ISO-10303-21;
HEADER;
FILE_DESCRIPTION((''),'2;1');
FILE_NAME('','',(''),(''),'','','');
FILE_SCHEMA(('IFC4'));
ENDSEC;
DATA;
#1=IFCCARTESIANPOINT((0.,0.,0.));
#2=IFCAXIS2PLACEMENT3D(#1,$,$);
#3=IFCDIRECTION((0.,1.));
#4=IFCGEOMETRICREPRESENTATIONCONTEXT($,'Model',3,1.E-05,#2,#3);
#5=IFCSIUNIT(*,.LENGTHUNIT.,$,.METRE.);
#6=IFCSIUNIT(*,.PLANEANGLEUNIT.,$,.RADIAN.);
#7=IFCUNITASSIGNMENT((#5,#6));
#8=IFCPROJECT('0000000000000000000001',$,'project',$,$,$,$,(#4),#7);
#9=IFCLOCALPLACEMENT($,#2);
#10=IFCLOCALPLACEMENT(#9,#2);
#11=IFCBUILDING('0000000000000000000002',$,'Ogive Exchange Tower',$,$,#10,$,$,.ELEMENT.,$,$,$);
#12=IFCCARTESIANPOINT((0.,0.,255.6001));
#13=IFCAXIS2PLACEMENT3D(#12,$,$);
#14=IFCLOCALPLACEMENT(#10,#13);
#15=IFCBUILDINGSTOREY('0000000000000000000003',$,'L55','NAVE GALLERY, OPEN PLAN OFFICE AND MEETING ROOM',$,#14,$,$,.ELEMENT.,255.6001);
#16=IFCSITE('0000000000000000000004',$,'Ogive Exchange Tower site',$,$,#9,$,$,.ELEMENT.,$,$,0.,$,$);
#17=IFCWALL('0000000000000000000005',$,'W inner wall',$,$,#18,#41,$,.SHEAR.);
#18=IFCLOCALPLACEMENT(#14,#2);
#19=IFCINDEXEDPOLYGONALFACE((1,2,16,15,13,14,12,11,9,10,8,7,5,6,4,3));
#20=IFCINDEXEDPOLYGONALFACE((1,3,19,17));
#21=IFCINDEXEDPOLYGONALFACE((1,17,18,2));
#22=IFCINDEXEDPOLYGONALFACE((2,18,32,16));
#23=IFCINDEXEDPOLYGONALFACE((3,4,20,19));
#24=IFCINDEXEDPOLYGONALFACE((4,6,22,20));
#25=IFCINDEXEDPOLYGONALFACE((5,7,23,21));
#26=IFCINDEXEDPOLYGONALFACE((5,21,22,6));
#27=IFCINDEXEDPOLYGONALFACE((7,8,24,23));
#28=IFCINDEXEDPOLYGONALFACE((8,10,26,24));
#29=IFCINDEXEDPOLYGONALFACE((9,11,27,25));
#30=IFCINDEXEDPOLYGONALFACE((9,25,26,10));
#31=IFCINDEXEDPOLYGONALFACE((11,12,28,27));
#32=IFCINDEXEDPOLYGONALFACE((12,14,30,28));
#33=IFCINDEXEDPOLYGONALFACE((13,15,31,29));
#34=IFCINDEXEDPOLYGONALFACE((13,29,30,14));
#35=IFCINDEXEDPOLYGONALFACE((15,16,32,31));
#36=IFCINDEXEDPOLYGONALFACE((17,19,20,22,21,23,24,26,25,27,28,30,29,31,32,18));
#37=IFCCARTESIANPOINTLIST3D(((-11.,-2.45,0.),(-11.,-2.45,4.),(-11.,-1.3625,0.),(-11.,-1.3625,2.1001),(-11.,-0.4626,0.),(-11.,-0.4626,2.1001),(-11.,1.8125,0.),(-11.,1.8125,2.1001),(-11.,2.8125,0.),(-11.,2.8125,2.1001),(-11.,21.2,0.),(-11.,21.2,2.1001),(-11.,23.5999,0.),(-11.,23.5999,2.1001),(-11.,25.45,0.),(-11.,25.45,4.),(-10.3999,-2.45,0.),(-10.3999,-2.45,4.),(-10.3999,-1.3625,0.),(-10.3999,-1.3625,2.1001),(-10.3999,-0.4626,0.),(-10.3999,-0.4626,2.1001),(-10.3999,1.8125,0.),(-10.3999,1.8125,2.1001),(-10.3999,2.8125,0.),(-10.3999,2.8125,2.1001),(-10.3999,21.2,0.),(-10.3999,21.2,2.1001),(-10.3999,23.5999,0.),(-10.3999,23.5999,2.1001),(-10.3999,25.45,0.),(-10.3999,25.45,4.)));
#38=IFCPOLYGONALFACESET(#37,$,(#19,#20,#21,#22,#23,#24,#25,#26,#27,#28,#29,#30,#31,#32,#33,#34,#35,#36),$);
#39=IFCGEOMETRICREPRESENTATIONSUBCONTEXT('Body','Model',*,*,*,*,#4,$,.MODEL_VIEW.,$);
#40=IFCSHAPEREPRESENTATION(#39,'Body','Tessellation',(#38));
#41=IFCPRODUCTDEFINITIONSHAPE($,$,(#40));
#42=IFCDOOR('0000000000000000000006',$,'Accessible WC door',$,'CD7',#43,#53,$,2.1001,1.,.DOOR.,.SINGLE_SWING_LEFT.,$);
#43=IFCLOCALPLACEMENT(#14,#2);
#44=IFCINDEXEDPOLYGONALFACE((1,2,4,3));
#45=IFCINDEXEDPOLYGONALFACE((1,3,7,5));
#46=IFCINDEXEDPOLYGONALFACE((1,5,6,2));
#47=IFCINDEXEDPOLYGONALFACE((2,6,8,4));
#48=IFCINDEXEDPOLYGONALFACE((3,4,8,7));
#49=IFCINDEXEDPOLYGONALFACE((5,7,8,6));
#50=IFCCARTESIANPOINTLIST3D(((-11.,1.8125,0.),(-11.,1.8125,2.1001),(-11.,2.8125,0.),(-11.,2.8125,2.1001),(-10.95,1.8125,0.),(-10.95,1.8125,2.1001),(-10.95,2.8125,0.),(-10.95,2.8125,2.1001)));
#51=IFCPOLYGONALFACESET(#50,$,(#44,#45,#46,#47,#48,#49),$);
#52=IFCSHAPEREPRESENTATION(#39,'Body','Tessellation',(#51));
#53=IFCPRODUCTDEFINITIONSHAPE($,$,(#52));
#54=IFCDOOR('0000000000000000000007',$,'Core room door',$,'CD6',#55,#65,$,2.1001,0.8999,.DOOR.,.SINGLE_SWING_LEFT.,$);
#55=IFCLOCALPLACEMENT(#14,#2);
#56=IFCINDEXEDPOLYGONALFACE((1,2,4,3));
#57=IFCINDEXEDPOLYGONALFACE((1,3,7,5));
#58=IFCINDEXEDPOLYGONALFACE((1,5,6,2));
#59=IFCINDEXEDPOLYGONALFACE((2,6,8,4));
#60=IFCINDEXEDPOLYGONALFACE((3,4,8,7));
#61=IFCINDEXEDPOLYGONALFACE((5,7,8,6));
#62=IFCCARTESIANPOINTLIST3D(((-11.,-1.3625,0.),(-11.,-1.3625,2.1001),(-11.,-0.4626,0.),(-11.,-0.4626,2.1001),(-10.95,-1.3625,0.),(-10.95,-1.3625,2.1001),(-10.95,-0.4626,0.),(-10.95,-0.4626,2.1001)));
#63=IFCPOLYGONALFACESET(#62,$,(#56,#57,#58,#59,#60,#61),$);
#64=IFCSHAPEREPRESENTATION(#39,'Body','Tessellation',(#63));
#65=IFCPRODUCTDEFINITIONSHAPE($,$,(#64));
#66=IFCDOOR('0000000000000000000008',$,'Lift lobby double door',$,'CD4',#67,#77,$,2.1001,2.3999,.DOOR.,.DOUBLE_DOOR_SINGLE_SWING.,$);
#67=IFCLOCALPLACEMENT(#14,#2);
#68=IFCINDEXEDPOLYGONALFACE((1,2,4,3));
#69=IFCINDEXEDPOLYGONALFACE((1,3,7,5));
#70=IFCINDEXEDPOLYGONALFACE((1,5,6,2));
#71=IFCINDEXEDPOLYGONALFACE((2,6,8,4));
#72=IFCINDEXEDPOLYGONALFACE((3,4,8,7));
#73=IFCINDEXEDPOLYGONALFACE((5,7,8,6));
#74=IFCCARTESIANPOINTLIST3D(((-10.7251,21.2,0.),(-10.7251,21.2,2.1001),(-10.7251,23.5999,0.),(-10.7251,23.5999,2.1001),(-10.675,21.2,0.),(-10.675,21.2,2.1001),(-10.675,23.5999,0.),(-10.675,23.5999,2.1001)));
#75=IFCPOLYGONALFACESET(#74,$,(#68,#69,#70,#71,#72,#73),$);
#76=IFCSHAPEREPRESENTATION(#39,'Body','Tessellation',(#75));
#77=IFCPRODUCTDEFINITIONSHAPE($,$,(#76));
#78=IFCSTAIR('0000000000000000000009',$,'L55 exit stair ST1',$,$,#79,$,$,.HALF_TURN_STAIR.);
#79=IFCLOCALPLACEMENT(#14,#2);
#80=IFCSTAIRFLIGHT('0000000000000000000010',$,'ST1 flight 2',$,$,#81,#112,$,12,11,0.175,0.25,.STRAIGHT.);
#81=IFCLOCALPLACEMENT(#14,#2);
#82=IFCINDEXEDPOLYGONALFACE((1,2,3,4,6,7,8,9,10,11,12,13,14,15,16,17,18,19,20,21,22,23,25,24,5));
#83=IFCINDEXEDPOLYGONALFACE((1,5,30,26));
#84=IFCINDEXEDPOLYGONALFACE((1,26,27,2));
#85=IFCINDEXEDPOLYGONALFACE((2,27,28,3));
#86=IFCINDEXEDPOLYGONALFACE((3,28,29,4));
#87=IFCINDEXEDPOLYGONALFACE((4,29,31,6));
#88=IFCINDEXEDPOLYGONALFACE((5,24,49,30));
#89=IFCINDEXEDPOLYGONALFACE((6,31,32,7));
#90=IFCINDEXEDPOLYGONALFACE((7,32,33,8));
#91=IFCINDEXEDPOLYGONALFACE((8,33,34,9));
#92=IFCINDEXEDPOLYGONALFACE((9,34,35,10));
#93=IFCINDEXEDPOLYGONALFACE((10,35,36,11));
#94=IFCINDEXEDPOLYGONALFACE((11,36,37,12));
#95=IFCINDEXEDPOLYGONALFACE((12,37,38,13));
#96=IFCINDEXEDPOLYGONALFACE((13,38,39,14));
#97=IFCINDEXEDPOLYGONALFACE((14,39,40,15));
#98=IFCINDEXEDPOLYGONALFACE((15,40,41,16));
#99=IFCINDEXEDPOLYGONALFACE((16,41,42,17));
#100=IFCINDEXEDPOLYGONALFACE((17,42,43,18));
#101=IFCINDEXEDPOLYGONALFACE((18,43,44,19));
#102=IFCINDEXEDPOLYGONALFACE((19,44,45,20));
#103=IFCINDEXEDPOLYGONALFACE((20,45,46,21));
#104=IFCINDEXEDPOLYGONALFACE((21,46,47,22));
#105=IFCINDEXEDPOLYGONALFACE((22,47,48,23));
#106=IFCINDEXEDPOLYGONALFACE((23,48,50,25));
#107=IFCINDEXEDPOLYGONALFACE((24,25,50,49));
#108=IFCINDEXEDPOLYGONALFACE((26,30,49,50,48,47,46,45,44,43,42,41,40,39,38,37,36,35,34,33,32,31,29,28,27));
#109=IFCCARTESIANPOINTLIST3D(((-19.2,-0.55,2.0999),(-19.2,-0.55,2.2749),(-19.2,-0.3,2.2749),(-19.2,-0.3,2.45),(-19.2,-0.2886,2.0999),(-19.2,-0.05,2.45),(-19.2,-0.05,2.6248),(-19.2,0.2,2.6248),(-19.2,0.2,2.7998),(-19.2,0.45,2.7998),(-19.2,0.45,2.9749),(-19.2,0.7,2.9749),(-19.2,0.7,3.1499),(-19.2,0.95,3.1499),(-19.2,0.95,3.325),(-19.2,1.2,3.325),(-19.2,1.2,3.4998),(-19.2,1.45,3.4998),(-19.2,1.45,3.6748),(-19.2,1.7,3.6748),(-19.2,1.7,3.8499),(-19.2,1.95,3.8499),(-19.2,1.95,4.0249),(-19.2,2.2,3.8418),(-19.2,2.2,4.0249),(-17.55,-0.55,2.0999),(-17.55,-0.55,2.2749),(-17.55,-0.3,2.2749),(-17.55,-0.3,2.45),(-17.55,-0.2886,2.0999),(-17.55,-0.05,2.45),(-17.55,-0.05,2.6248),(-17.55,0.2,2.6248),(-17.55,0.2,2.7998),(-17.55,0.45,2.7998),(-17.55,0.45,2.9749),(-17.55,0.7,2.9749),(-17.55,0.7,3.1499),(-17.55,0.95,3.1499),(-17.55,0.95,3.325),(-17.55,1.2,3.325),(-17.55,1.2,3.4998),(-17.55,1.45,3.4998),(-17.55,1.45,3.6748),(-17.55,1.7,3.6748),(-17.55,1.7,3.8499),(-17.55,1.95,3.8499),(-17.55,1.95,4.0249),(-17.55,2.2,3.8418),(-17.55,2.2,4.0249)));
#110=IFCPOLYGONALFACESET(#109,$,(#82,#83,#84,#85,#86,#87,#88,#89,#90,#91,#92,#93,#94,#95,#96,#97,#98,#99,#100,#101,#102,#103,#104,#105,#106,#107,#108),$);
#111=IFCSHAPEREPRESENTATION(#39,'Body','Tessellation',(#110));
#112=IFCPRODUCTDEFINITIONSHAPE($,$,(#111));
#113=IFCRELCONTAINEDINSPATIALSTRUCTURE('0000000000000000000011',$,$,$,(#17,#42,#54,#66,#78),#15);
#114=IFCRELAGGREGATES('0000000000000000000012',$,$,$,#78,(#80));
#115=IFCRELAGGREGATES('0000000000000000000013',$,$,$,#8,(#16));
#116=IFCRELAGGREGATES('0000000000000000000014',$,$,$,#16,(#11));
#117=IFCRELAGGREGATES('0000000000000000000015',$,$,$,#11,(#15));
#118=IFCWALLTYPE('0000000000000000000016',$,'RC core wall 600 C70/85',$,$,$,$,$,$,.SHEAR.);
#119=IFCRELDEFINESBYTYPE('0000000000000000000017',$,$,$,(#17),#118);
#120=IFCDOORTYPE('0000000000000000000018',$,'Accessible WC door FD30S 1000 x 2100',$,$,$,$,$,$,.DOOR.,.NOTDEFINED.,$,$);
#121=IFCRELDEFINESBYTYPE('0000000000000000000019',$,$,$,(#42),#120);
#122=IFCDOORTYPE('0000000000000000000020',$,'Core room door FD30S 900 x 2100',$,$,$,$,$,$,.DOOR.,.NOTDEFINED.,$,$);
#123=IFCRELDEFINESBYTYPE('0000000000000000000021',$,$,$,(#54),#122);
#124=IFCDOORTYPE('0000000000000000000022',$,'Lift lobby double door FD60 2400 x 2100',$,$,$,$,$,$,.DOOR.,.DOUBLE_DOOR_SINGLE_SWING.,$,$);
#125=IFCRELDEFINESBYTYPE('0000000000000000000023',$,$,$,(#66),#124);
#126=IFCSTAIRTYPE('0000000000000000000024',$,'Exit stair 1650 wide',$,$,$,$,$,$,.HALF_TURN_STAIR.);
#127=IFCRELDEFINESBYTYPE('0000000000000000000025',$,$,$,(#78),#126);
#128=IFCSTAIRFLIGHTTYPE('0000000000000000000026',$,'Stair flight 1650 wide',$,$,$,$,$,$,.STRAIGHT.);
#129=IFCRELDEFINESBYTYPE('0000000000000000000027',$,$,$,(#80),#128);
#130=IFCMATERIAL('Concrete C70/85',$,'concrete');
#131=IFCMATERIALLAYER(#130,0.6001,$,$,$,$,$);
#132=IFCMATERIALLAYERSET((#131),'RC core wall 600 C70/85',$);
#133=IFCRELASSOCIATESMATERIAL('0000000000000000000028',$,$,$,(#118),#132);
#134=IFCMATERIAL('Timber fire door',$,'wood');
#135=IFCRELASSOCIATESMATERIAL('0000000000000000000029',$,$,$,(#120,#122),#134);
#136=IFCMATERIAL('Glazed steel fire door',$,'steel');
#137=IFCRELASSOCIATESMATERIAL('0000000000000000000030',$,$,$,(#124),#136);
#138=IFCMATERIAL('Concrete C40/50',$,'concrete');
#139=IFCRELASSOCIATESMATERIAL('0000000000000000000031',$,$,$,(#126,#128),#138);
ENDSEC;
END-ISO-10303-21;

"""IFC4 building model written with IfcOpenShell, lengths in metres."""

from ifc_helpers import new_model, si_unit, direction, frame, frame_2d, origin, place, context, subcontext, project, spatial, polyline, rectangle, outline, extrude, material, layer, layer_set, type_object, element, fill, aggregate, save


model = new_model("IFC4")

# Units and contexts
model_context = context("Model", 3, precision=1e-05, world=origin(), true_north=direction((0.0, 1.0)))
body_context = subcontext(model_context, "Body", "Model", "MODEL_VIEW")
ifc_project = project(units=[si_unit("LENGTHUNIT", "METRE"), si_unit("PLANEANGLEUNIT", "RADIAN")], contexts=[model_context])

# Site, building, storey
site_placement = place(None, origin())
site = spatial("IfcSite", under=ifc_project, at=site_placement, Name="Ogive Exchange Tower site", CompositionType="ELEMENT", RefElevation=0.0)
building_placement = place(site_placement, origin())
building = spatial("IfcBuilding", under=site, at=building_placement, Name="Ogive Exchange Tower", CompositionType="ELEMENT")
storey_placement = place(building_placement, frame((0.0, 0.0, 255.6001)))
storey = spatial("IfcBuildingStorey", under=building, at=storey_placement, Name="L55", Description="NAVE GALLERY, OPEN PLAN OFFICE AND MEETING ROOM", CompositionType="ELEMENT", Elevation=255.6001)

# Shared definitions
ifc_material_1 = material(Name="Concrete C70/85", Category="concrete")

# Wall, openings, doors
ifc_layer_1 = layer(ifc_material_1, 0.6001)
ifc_layer_set_1 = layer_set([ifc_layer_1], Name="RC core wall 600 C70/85")
wall_type_1 = type_object("IfcWallType", Name="RC core wall 600 C70/85", PredefinedType="SHEAR", material=ifc_layer_set_1)
wall_1_placement = place(storey_placement, frame((-10.7, -2.45, 0.0), z_axis=(0.0, 0.0, 1.0), x_axis=(0.0, 1.0, 0.0)))
wall_1 = element("IfcWall", 1, at=wall_1_placement, inside=storey, type_object=wall_type_1, Name="W inner wall", PredefinedType="SHEAR", context=body_context, shape_type="SweptSolid", body=[
    extrude(rectangle(XDim=27.8999, YDim=0.6001, at=frame_2d((13.95, 0.0))), origin(), (0.0, 0.0, 1.0), 4.0),
])
opening_1_placement = place(wall_1_placement, frame((23.6499, 0.0, 0.0)))
opening_1 = element("IfcOpeningElement", 2, at=opening_1_placement, cuts=wall_1, PredefinedType="OPENING", context=body_context, shape_type="SweptSolid", body=[
    extrude(rectangle(XDim=2.3999, YDim=2.1001, at=frame_2d((1.2, 1.05))), frame((0.0, 0.3101, 0.0), z_axis=(0.0, -1.0, 0.0), x_axis=(1.0, 0.0, 0.0)), (0.0, 0.0, 1.0), 0.6201),
])
opening_2_placement = place(wall_1_placement, frame((1.0874, 0.0, 0.0)))
opening_2 = element("IfcOpeningElement", 3, at=opening_2_placement, cuts=wall_1, PredefinedType="OPENING", context=body_context, shape_type="SweptSolid", body=[
    extrude(rectangle(XDim=0.8999, YDim=2.1001, at=frame_2d((0.45, 1.05))), frame((0.0, 0.3101, 0.0), z_axis=(0.0, -1.0, 0.0), x_axis=(1.0, 0.0, 0.0)), (0.0, 0.0, 1.0), 0.6201),
])
opening_3_placement = place(wall_1_placement, frame((4.2625, 0.0, 0.0)))
opening_3 = element("IfcOpeningElement", 4, at=opening_3_placement, cuts=wall_1, PredefinedType="OPENING", context=body_context, shape_type="SweptSolid", body=[
    extrude(rectangle(XDim=1.0, YDim=2.1001, at=frame_2d((0.5, 1.05))), frame((0.0, 0.3101, 0.0), z_axis=(0.0, -1.0, 0.0), x_axis=(1.0, 0.0, 0.0)), (0.0, 0.0, 1.0), 0.6201),
])
ifc_material_2 = material(Name="Timber fire door", Category="wood")
door_type_1 = type_object("IfcDoorType", Name="Accessible WC door FD30S 1000 x 2100", OperationType="NOTDEFINED", PredefinedType="DOOR", material=ifc_material_2)
door_1_placement = place(opening_3_placement, frame((1.0, 0.5498, 0.0), z_axis=(0.0, 0.0, 1.0), x_axis=(-1.0, 0.0, 0.0)))
door_1 = element("IfcDoor", 5, at=door_1_placement, inside=storey, type_object=door_type_1, Name="Accessible WC door", ObjectType="CD7", OperationType="SINGLE_SWING_LEFT", OverallHeight=2.1001, OverallWidth=1.0, PredefinedType="DOOR", context=body_context, shape_type="SweptSolid", body=[
    extrude(rectangle(XDim=1.0, YDim=2.1001, at=frame_2d((0.5, 1.05))), frame((0.0, 0.2998, 0.0), z_axis=(0.0, -1.0, 0.0), x_axis=(1.0, 0.0, 0.0)), (0.0, 0.0, 1.0), 0.05),
])
fill(opening_3, door_1)
door_type_2 = type_object("IfcDoorType", Name="Core room door FD30S 900 x 2100", OperationType="NOTDEFINED", PredefinedType="DOOR", material=ifc_material_2)
door_2_placement = place(opening_2_placement, frame((0.8999, 0.5498, 0.0), z_axis=(0.0, 0.0, 1.0), x_axis=(-1.0, 0.0, 0.0)))
door_2 = element("IfcDoor", 6, at=door_2_placement, inside=storey, type_object=door_type_2, Name="Core room door", ObjectType="CD6", OperationType="SINGLE_SWING_LEFT", OverallHeight=2.1001, OverallWidth=0.8999, PredefinedType="DOOR", context=body_context, shape_type="SweptSolid", body=[
    extrude(rectangle(XDim=0.8999, YDim=2.1001, at=frame_2d((0.45, 1.05))), frame((0.0, 0.2998, 0.0), z_axis=(0.0, -1.0, 0.0), x_axis=(1.0, 0.0, 0.0)), (0.0, 0.0, 1.0), 0.05),
])
fill(opening_2, door_2)
ifc_material_3 = material(Name="Glazed steel fire door", Category="steel")
door_type_3 = type_object("IfcDoorType", Name="Lift lobby double door FD60 2400 x 2100", OperationType="DOUBLE_DOOR_SINGLE_SWING", PredefinedType="DOOR", material=ifc_material_3)
door_3_placement = place(opening_1_placement, frame((2.3999, 0.0, 0.0), z_axis=(0.0, 0.0, 1.0), x_axis=(-1.0, 0.0, 0.0)))
door_3 = element("IfcDoor", 7, at=door_3_placement, inside=storey, type_object=door_type_3, Name="Lift lobby double door", ObjectType="CD4", OperationType="DOUBLE_DOOR_SINGLE_SWING", OverallHeight=2.1001, OverallWidth=2.3999, PredefinedType="DOOR", context=body_context, shape_type="SweptSolid", body=[
    extrude(rectangle(XDim=2.3999, YDim=2.1001, at=frame_2d((1.2, 1.05))), frame((0.0, 0.0249, 0.0), z_axis=(0.0, -1.0, 0.0), x_axis=(1.0, 0.0, 0.0)), (0.0, 0.0, 1.0), 0.05),
])
fill(opening_1, door_3)

# Stair, stair flight
ifc_material_4 = material(Name="Concrete C40/50", Category="concrete")
stair_type = type_object("IfcStairType", Name="Exit stair 1650 wide", PredefinedType="HALF_TURN_STAIR", material=ifc_material_4)
stair_placement = place(storey_placement, origin())
stair = element("IfcStair", 8, at=stair_placement, inside=storey, type_object=stair_type, Name="L55 exit stair ST1", PredefinedType="HALF_TURN_STAIR")
stair_flight_type = type_object("IfcStairFlightType", Name="Stair flight 1650 wide", PredefinedType="STRAIGHT", material=ifc_material_4)
stair_flight_placement = place(storey_placement, frame((-18.375, -0.55, 2.0999), z_axis=(0.0, 0.0, 1.0), x_axis=(0.0, 1.0, 0.0)))
stair_flight = element("IfcStairFlight", 9, at=stair_flight_placement, type_object=stair_flight_type, Name="ST1 flight 2", NumberOfRisers=12, NumberOfTreads=11, PredefinedType="STRAIGHT", RiserHeight=0.175, TreadLength=0.25, context=body_context, shape_type="SweptSolid", body=[
    extrude(outline(polyline([(0.0, 0.0), (0.0, 0.175), (0.25, 0.175), (0.25, 0.3501), (0.5, 0.3501), (0.5, 0.5249), (0.75, 0.5249), (0.75, 0.7), (1.0, 0.7), (1.0, 0.875), (1.25, 0.875), (1.25, 1.05), (1.5, 1.05), (1.5, 1.2251), (1.75, 1.2251), (1.75, 1.3999), (2.0, 1.3999), (2.0, 1.575), (2.25, 1.575), (2.25, 1.75), (2.5, 1.75), (2.5, 1.925), (2.75, 1.925), (2.75, 2.1001), (2.75, 1.7419), (0.2615, 0.0), (0.0, 0.0)])), frame((0.0, 0.825, 0.0), z_axis=(0.0, -1.0, 0.0), x_axis=(1.0, 0.0, 0.0)), (0.0, 0.0, 1.0), 1.6499),
])
aggregate(stair, [stair_flight])

save(model, "model.ifc")
